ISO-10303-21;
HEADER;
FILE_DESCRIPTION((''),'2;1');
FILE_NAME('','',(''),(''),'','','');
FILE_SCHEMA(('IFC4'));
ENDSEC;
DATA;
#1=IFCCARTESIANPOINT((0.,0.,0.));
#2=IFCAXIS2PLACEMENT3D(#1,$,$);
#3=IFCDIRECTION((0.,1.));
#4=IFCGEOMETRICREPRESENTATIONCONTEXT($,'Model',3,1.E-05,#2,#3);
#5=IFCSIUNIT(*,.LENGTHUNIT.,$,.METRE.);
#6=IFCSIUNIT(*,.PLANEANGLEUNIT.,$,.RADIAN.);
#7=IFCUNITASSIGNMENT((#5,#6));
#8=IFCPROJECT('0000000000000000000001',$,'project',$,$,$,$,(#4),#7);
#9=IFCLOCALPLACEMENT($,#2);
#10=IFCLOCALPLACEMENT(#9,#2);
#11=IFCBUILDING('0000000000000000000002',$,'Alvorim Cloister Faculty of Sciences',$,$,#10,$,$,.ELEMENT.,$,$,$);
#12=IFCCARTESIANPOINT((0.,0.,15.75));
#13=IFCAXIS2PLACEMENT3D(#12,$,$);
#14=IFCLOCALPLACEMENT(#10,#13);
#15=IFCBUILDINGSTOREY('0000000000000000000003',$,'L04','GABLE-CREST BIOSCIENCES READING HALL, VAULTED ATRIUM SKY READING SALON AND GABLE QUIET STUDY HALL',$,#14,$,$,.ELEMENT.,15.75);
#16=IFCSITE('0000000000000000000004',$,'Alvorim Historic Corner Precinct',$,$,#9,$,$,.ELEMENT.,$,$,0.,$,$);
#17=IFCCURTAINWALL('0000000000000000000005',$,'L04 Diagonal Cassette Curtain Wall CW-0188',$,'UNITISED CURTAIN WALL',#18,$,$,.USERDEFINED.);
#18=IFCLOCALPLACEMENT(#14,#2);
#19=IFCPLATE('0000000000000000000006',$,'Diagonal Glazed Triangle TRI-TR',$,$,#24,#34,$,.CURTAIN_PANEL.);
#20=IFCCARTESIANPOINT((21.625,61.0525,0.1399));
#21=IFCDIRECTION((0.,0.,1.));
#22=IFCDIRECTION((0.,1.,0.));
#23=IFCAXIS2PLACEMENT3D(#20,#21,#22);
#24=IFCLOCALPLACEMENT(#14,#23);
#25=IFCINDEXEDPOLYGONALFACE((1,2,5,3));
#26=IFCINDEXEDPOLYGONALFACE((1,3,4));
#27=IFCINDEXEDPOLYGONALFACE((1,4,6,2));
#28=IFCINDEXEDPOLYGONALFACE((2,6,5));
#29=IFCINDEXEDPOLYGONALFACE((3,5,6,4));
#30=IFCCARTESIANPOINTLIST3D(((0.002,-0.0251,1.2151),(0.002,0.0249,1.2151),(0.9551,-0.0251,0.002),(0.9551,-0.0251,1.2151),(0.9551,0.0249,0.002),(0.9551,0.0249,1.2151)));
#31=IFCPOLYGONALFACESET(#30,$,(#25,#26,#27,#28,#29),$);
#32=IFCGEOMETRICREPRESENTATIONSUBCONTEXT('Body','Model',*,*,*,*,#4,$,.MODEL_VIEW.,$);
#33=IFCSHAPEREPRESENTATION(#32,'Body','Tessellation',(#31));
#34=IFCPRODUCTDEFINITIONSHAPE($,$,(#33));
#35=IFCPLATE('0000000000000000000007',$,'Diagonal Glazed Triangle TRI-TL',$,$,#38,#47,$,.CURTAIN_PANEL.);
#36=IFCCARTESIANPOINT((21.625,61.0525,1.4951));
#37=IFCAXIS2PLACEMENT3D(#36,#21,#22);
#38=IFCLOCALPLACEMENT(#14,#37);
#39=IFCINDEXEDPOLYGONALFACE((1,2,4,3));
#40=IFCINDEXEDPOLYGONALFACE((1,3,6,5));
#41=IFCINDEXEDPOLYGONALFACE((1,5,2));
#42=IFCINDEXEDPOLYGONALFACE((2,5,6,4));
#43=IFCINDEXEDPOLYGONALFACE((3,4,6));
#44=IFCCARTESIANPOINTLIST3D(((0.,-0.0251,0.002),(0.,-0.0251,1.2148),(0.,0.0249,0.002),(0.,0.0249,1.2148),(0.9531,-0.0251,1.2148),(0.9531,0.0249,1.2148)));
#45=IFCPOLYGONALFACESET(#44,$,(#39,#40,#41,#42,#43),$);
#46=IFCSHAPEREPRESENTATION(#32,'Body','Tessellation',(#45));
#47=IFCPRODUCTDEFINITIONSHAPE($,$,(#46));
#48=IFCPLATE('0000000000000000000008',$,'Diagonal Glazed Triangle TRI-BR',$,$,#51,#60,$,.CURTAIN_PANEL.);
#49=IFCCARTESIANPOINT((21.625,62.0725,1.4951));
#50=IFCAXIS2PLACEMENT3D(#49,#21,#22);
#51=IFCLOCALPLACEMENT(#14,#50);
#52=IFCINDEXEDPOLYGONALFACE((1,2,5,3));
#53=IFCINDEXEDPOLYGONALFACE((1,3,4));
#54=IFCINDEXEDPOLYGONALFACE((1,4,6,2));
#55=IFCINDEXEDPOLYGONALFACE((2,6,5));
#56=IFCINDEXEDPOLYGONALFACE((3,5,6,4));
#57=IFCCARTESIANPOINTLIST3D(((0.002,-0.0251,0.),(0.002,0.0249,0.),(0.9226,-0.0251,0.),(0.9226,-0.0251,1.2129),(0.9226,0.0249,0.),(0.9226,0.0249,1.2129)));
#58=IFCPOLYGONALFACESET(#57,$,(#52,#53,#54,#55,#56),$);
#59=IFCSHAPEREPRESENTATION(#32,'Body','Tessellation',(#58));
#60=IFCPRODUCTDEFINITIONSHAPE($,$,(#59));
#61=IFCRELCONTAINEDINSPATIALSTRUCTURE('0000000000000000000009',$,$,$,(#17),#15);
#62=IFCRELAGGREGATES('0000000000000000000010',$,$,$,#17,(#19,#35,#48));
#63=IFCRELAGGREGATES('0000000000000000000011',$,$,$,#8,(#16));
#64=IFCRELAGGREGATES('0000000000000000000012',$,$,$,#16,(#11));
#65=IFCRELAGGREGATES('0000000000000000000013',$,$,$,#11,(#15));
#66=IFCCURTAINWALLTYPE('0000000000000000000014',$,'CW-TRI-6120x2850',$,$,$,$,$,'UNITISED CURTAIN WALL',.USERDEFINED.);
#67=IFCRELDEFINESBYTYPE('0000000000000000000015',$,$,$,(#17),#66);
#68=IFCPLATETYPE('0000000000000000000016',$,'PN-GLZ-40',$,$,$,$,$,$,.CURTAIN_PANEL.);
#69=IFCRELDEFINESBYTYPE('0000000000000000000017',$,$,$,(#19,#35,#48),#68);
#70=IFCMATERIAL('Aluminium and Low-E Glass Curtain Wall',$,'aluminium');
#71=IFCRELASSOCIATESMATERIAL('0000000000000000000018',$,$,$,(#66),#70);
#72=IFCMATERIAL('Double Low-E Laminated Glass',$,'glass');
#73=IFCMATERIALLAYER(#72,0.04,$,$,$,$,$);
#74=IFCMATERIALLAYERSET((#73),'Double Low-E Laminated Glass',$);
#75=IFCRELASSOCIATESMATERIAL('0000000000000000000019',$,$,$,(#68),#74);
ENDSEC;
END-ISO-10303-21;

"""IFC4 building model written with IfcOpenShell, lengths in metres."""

from ifc_helpers import new_model, si_unit, direction, frame, origin, place, context, subcontext, project, spatial, polyline, outline, extrude, material, layer, layer_set, type_object, element, aggregate, save


model = new_model("IFC4")

# Units and contexts
model_context = context("Model", 3, precision=1e-05, world=origin(), true_north=direction((0.0, 1.0)))
body_context = subcontext(model_context, "Body", "Model", "MODEL_VIEW")
ifc_project = project(units=[si_unit("LENGTHUNIT", "METRE"), si_unit("PLANEANGLEUNIT", "RADIAN")], contexts=[model_context])

# Site, building, storey
site_placement = place(None, origin())
site = spatial("IfcSite", under=ifc_project, at=site_placement, Name="Alvorim Historic Corner Precinct", CompositionType="ELEMENT", RefElevation=0.0)
building_placement = place(site_placement, origin())
building = spatial("IfcBuilding", under=site, at=building_placement, Name="Alvorim Cloister Faculty of Sciences", CompositionType="ELEMENT")
storey_placement = place(building_placement, frame((0.0, 0.0, 15.75)))
storey = spatial("IfcBuildingStorey", under=building, at=storey_placement, Name="L04", Description="GABLE-CREST BIOSCIENCES READING HALL, VAULTED ATRIUM SKY READING SALON AND GABLE QUIET STUDY HALL", CompositionType="ELEMENT", Elevation=15.75)

# Curtain wall, plates
ifc_material_1 = material(Name="Aluminium and Low-E Glass Curtain Wall", Category="aluminium")
curtain_wall_type = type_object("IfcCurtainWallType", Name="CW-TRI-6120x2850", ElementType="UNITISED CURTAIN WALL", PredefinedType="USERDEFINED", material=ifc_material_1)
ifc_material_2 = material(Name="Double Low-E Laminated Glass", Category="glass")
ifc_layer = layer(ifc_material_2, 0.04)
ifc_layer_set = layer_set([ifc_layer], Name="Double Low-E Laminated Glass")
plate_type = type_object("IfcPlateType", Name="PN-GLZ-40", PredefinedType="CURTAIN_PANEL", material=ifc_layer_set)
curtain_wall_1_placement = place(storey_placement, origin())
curtain_wall_1 = element("IfcCurtainWall", 1, at=curtain_wall_1_placement, inside=storey, type_object=curtain_wall_type, Name="L04 Diagonal Cassette Curtain Wall CW-0188", ObjectType="UNITISED CURTAIN WALL", PredefinedType="USERDEFINED")
plate_1_placement = place(storey_placement, frame((21.625, 61.0525, 0.1399), z_axis=(0.0, 0.0, 1.0), x_axis=(0.0, 1.0, 0.0)))
plate_1 = element("IfcPlate", 2, at=plate_1_placement, type_object=plate_type, Name="Diagonal Glazed Triangle TRI-TR", PredefinedType="CURTAIN_PANEL", context=body_context, shape_type="SweptSolid", body=[
    extrude(outline(polyline([(0.9551, 0.002), (0.9551, 1.2151), (0.002, 1.2151), (0.9551, 0.002)])), frame((0.0, 0.0249, 0.0), z_axis=(0.0, -1.0, 0.0), x_axis=(1.0, 0.0, 0.0)), (0.0, 0.0, 1.0), 0.05),
])
plate_2_placement = place(storey_placement, frame((21.625, 61.0525, 1.4951), z_axis=(0.0, 0.0, 1.0), x_axis=(0.0, 1.0, 0.0)))
plate_2 = element("IfcPlate", 3, at=plate_2_placement, type_object=plate_type, Name="Diagonal Glazed Triangle TRI-TL", PredefinedType="CURTAIN_PANEL", context=body_context, shape_type="SweptSolid", body=[
    extrude(outline(polyline([(0.9531, 1.2148), (0.0, 1.2148), (0.0, 0.002), (0.9531, 1.2148)])), frame((0.0, 0.0249, 0.0), z_axis=(0.0, -1.0, 0.0), x_axis=(1.0, 0.0, 0.0)), (0.0, 0.0, 1.0), 0.05),
])
plate_3_placement = place(storey_placement, frame((21.625, 62.0725, 1.4951), z_axis=(0.0, 0.0, 1.0), x_axis=(0.0, 1.0, 0.0)))
plate_3 = element("IfcPlate", 4, at=plate_3_placement, type_object=plate_type, Name="Diagonal Glazed Triangle TRI-BR", PredefinedType="CURTAIN_PANEL", context=body_context, shape_type="SweptSolid", body=[
    extrude(outline(polyline([(0.002, 0.0), (0.9226, 0.0), (0.9226, 1.2129), (0.002, 0.0)])), frame((0.0, 0.0249, 0.0), z_axis=(0.0, -1.0, 0.0), x_axis=(1.0, 0.0, 0.0)), (0.0, 0.0, 1.0), 0.05),
])
aggregate(curtain_wall_1, [plate_1, plate_2, plate_3])

save(model, "model.ifc")
